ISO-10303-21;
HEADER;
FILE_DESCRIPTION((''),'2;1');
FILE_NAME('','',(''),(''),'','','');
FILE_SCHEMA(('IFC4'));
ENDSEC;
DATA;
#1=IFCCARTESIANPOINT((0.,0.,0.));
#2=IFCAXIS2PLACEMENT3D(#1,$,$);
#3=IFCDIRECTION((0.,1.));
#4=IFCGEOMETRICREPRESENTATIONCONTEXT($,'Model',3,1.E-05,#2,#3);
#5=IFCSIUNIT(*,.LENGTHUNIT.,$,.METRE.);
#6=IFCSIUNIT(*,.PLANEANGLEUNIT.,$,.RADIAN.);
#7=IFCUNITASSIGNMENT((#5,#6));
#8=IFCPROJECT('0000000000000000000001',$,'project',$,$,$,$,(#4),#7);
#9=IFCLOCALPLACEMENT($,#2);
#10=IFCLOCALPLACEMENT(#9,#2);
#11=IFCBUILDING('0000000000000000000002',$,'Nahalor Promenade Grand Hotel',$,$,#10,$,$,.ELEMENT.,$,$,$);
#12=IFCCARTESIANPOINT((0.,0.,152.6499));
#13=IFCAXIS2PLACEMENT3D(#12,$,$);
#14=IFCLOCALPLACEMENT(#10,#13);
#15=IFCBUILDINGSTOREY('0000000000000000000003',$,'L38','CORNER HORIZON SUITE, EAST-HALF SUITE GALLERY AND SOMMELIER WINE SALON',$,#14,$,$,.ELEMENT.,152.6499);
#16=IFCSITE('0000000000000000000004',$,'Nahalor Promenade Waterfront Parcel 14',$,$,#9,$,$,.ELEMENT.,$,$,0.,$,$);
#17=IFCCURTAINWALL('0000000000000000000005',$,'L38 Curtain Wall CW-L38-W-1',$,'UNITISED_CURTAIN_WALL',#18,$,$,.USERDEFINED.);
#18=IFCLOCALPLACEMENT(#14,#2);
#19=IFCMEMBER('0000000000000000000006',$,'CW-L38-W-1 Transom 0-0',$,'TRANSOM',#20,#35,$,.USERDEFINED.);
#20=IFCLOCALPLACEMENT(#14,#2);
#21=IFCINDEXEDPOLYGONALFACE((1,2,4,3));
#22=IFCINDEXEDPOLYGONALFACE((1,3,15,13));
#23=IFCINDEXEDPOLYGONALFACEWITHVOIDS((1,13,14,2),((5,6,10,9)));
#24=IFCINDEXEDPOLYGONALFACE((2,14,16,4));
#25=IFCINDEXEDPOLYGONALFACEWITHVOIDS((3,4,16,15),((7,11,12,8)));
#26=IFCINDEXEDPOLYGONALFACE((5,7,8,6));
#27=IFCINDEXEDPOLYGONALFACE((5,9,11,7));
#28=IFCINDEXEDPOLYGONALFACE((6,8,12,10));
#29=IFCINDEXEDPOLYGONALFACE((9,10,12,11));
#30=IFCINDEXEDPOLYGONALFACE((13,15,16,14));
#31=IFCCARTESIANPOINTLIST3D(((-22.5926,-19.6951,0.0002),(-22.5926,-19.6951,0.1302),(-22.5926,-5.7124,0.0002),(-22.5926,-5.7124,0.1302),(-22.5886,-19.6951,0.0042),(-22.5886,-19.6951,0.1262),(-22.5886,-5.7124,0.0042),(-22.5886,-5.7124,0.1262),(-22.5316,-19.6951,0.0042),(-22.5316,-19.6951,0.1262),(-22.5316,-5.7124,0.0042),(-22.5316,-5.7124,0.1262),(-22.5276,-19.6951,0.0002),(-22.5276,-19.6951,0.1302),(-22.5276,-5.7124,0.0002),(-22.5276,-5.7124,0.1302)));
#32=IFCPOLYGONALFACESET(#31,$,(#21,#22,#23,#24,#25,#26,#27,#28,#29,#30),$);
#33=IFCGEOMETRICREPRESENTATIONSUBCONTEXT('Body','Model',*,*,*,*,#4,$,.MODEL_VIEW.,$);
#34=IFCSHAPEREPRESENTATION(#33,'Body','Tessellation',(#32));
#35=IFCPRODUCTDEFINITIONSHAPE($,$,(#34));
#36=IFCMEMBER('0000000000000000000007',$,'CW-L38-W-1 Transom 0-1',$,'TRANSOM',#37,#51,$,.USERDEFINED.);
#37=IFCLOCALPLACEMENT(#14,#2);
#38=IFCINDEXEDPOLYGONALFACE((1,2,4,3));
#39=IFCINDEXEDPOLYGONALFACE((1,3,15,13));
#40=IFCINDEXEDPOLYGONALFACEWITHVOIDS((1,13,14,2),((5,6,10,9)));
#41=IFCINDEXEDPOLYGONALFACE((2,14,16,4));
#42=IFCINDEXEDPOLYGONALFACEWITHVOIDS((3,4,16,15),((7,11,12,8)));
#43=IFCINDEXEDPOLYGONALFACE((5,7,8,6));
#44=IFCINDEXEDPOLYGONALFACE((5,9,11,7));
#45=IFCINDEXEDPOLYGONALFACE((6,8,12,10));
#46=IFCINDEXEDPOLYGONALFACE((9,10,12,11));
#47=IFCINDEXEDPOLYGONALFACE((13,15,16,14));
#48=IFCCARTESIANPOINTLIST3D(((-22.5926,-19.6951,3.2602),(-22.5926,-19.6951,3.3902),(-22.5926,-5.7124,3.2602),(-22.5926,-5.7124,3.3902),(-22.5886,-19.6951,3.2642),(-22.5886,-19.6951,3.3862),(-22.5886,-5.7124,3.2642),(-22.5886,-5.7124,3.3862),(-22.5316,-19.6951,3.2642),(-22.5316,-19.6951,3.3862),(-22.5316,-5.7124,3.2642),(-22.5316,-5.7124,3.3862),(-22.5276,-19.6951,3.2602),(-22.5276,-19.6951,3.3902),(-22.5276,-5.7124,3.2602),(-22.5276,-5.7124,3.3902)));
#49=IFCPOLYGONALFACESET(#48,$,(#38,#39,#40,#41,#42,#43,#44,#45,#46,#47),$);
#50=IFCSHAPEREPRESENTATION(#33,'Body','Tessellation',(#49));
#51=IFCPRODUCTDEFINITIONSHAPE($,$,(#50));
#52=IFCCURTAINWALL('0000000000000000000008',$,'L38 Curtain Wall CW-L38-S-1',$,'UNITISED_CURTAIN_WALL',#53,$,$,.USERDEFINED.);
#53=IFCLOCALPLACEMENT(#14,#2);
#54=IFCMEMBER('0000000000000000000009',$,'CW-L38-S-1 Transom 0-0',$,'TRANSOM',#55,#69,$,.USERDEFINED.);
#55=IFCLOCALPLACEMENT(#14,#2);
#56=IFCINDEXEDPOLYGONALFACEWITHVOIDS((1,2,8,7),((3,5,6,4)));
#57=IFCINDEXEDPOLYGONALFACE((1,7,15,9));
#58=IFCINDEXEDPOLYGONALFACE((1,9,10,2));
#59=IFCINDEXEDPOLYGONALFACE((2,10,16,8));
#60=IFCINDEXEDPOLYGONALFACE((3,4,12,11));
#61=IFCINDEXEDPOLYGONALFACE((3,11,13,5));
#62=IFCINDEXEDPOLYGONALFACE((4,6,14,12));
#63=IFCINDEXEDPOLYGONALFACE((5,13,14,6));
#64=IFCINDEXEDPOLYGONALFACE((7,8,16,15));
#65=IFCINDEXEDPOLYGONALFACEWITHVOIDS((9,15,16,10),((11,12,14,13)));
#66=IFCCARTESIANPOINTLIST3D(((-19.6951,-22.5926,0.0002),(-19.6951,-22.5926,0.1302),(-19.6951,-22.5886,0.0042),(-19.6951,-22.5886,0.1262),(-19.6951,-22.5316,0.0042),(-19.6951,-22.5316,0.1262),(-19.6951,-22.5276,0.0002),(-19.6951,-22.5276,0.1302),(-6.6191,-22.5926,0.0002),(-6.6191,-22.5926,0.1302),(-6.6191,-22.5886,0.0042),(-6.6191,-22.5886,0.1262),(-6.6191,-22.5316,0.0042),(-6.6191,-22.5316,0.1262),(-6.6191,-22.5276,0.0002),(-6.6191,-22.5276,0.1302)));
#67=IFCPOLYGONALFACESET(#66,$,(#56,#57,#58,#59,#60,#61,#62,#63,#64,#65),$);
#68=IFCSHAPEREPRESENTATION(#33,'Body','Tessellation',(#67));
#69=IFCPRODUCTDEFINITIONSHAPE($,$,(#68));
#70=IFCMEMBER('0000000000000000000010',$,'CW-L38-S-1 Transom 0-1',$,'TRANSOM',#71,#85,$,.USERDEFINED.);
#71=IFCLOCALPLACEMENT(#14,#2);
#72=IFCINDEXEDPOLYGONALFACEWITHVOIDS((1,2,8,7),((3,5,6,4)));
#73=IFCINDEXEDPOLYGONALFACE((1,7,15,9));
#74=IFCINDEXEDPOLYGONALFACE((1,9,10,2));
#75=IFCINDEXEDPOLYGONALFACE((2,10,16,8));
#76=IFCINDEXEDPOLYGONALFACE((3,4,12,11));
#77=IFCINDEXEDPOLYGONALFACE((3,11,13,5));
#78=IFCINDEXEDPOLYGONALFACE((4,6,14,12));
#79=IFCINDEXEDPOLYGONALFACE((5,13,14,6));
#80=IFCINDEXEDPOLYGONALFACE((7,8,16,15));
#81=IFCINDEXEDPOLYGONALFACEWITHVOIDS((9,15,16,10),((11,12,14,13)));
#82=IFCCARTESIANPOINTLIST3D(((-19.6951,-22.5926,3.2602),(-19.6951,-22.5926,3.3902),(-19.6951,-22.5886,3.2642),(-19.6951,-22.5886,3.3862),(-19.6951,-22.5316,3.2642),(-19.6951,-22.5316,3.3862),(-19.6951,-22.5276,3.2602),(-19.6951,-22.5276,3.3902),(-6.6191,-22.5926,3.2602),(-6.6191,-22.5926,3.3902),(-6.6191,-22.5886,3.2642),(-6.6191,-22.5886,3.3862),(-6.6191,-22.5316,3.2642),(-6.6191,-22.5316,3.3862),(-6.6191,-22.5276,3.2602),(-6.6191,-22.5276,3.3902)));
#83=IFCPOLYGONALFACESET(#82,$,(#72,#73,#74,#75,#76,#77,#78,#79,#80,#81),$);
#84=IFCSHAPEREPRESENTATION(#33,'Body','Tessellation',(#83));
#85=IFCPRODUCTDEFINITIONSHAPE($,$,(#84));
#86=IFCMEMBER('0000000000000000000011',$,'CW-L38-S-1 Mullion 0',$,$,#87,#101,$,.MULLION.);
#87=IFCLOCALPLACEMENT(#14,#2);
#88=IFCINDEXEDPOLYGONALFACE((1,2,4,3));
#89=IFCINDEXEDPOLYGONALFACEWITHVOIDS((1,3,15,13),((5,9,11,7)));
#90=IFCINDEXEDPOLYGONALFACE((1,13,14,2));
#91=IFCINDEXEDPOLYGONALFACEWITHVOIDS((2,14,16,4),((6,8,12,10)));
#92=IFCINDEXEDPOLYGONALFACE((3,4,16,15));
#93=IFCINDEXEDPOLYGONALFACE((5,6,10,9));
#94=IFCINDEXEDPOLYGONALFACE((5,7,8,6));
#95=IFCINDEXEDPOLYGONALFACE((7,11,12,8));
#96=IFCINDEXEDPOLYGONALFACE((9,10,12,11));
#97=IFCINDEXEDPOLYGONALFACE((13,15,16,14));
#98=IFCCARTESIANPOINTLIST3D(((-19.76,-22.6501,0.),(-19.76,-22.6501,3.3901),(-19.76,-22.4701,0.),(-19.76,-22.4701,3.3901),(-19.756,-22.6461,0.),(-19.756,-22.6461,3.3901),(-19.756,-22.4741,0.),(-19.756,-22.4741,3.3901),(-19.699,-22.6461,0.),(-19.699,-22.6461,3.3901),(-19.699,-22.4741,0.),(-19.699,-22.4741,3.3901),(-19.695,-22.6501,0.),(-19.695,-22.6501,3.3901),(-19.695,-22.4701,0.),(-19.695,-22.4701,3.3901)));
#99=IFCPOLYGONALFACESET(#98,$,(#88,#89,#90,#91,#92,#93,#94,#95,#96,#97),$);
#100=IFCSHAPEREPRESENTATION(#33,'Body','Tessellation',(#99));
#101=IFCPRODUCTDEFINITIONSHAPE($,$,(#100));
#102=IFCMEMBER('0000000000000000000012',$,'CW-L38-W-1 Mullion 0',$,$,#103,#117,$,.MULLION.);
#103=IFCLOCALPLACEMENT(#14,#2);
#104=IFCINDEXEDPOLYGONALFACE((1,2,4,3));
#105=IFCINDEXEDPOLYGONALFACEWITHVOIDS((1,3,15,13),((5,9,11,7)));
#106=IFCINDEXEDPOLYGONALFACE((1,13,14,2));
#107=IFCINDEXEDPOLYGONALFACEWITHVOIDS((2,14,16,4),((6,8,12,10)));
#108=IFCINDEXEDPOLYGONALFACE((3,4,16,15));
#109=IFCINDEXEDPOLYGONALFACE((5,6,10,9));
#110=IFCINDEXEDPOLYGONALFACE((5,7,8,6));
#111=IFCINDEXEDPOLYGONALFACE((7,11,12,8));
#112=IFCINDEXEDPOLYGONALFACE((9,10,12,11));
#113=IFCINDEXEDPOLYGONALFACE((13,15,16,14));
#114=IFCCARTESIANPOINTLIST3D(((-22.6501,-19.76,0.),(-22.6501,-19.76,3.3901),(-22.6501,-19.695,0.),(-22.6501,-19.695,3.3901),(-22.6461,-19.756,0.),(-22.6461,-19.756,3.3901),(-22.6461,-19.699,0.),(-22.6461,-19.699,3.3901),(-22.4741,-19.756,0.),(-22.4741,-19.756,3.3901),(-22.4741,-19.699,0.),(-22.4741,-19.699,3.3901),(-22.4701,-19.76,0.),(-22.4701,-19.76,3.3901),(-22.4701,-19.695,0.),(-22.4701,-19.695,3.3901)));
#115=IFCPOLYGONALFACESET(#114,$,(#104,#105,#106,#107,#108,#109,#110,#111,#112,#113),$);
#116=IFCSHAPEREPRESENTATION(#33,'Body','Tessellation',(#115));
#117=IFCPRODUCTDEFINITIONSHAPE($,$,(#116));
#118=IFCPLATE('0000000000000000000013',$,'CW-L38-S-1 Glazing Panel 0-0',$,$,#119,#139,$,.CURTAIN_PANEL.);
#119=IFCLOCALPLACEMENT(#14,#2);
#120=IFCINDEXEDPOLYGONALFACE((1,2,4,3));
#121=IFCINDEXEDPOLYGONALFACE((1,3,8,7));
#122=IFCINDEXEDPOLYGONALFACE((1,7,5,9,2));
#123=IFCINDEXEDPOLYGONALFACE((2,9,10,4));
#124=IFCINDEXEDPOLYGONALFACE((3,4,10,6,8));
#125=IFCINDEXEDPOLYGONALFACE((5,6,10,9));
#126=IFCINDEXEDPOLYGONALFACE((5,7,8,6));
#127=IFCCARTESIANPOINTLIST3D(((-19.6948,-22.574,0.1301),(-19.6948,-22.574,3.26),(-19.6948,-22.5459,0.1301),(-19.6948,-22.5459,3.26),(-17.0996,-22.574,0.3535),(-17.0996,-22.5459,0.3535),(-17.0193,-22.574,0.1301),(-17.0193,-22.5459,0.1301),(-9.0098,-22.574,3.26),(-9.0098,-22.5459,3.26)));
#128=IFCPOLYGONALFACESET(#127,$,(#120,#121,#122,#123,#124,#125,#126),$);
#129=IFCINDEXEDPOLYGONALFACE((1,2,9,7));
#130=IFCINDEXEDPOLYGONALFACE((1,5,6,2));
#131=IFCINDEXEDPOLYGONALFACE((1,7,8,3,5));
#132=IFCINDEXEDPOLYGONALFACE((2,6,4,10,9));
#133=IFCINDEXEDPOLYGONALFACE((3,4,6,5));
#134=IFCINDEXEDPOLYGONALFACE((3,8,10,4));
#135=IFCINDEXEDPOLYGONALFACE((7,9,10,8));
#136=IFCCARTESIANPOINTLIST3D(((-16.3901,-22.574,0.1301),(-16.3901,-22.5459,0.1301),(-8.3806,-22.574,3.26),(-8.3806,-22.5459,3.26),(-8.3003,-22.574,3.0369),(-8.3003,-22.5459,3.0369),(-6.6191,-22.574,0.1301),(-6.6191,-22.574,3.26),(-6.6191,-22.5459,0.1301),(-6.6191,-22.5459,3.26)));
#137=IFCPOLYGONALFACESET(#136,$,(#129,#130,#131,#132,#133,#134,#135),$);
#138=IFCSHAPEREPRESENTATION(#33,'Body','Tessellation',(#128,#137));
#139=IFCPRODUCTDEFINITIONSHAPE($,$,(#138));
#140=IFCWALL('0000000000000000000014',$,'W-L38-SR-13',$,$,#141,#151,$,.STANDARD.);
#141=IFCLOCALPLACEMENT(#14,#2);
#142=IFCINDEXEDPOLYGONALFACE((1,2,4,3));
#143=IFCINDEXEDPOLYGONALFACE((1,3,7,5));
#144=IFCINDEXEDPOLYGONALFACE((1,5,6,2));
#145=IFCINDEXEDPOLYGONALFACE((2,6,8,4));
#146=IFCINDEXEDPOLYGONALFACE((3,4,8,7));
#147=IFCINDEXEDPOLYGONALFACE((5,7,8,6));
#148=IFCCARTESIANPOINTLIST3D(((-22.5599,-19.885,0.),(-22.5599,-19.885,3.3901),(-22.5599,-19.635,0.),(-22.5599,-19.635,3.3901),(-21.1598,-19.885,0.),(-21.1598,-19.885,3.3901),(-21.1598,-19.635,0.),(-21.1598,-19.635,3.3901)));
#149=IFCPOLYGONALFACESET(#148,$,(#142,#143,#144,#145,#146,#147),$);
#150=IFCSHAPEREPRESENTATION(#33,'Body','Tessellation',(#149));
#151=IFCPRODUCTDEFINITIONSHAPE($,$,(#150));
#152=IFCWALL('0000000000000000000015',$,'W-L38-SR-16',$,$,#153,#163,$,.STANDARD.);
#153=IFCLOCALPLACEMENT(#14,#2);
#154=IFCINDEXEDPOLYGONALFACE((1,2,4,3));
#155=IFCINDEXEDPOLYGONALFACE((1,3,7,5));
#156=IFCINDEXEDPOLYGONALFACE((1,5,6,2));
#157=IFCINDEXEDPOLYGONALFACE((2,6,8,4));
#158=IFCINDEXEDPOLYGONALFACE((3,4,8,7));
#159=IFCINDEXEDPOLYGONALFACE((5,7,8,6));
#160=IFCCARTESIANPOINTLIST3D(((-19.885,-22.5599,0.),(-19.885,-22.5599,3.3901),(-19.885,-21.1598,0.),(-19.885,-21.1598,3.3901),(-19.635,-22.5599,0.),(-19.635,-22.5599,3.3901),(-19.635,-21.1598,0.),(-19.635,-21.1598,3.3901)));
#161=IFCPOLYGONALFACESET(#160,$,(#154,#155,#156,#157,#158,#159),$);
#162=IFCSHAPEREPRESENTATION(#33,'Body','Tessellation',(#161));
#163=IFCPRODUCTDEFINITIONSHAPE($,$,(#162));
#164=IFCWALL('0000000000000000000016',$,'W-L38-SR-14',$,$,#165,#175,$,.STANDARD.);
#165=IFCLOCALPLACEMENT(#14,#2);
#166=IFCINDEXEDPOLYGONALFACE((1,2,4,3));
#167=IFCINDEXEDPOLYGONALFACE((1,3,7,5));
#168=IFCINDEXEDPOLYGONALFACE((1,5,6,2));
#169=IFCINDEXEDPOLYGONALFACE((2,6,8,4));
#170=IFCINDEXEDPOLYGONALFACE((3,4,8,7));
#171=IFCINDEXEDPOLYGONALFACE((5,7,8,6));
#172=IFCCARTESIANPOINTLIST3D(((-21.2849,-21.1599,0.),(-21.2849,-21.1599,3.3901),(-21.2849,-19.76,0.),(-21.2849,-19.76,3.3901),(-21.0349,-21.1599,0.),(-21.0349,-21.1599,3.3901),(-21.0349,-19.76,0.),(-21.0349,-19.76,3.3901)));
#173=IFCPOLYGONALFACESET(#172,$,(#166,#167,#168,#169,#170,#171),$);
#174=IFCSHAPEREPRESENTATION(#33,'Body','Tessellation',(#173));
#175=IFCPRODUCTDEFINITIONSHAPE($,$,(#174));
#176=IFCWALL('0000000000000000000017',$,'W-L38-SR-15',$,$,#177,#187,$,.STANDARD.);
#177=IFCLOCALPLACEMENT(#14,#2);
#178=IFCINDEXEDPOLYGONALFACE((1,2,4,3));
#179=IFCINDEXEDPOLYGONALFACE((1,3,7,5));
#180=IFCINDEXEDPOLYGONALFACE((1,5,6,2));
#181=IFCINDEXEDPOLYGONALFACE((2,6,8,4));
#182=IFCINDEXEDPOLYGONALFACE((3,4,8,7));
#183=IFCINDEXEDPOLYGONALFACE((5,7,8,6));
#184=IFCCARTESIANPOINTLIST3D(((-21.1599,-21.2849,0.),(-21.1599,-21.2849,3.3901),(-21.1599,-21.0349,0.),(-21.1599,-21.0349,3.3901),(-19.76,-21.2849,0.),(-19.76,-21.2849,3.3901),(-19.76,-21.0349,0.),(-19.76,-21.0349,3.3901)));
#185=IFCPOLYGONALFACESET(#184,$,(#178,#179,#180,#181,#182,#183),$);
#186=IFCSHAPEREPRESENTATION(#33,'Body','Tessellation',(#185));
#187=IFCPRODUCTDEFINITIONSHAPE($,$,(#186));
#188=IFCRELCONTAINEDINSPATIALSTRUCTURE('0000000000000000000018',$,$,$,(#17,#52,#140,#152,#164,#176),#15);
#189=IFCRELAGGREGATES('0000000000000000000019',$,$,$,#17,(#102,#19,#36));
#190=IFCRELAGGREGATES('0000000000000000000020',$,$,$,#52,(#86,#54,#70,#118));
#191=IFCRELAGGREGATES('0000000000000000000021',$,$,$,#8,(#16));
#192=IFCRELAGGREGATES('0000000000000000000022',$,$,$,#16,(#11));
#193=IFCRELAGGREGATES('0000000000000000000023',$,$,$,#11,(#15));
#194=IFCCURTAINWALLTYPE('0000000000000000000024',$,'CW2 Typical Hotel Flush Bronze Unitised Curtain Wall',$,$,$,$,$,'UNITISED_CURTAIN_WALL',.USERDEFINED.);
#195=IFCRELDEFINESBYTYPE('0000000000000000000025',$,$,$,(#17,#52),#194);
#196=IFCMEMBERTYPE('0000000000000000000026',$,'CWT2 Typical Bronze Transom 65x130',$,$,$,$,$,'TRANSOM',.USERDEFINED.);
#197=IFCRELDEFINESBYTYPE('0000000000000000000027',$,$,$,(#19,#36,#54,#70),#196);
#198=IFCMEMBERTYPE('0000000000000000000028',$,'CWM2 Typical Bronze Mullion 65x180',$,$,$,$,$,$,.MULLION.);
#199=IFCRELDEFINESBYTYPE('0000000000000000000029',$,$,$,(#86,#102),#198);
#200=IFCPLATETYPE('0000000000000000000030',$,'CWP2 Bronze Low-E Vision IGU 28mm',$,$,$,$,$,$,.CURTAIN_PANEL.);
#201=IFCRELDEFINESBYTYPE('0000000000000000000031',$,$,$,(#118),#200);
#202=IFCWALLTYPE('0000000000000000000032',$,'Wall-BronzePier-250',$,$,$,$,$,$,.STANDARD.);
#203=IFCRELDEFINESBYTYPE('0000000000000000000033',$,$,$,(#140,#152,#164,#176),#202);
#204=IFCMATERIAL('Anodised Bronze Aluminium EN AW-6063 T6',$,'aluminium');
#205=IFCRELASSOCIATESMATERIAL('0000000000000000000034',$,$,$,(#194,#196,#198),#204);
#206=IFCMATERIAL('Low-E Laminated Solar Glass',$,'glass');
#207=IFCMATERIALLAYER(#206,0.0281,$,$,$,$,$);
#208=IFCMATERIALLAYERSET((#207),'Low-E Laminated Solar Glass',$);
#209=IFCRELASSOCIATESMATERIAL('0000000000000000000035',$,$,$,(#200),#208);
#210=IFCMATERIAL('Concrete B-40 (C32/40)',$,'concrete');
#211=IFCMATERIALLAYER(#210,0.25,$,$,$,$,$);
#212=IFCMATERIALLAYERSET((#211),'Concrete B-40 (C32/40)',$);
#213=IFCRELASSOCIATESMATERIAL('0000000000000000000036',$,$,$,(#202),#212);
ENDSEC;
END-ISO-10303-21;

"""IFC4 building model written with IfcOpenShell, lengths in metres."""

from ifc_helpers import new_model, si_unit, direction, frame, frame_2d, origin, origin_2d, place, context, subcontext, project, spatial, polyline, rectangle, hollow_rectangle, outline, extrude, source, transform, mapped, material, layer, layer_set, material_profile, profile_set, type_object, element, aggregate, save


model = new_model("IFC4")

# Units and contexts
model_context = context("Model", 3, precision=1e-05, world=origin(), true_north=direction((0.0, 1.0)))
body_context = subcontext(model_context, "Body", "Model", "MODEL_VIEW")
ifc_project = project(units=[si_unit("LENGTHUNIT", "METRE"), si_unit("PLANEANGLEUNIT", "RADIAN")], contexts=[model_context])

# Site, building, storey
site_placement = place(None, origin())
site = spatial("IfcSite", under=ifc_project, at=site_placement, Name="Nahalor Promenade Waterfront Parcel 14", CompositionType="ELEMENT", RefElevation=0.0)
building_placement = place(site_placement, origin())
building = spatial("IfcBuilding", under=site, at=building_placement, Name="Nahalor Promenade Grand Hotel", CompositionType="ELEMENT")
storey_placement = place(building_placement, frame((0.0, 0.0, 152.6499)))
storey = spatial("IfcBuildingStorey", under=building, at=storey_placement, Name="L38", Description="CORNER HORIZON SUITE, EAST-HALF SUITE GALLERY AND SOMMELIER WINE SALON", CompositionType="ELEMENT", Elevation=152.6499)

# Curtain walls, members
ifc_material_1 = material(Name="Anodised Bronze Aluminium EN AW-6063 T6", Category="aluminium")
curtain_wall_type = type_object("IfcCurtainWallType", Name="CW2 Typical Hotel Flush Bronze Unitised Curtain Wall", ElementType="UNITISED_CURTAIN_WALL", PredefinedType="USERDEFINED", material=ifc_material_1)
curtain_wall_1_placement = place(storey_placement, origin())
curtain_wall_1 = element("IfcCurtainWall", 1, at=curtain_wall_1_placement, inside=storey, type_object=curtain_wall_type, Name="L38 Curtain Wall CW-L38-W-1", ObjectType="UNITISED_CURTAIN_WALL", PredefinedType="USERDEFINED")
ifc_material_profile_1 = material_profile(ifc_material_1, hollow_rectangle(XDim=0.065, YDim=0.13, WallThickness=0.004, at=origin_2d()), Name="CWT 65x130x4")
ifc_profile_set_1 = profile_set([ifc_material_profile_1], Name="Anodised Bronze Aluminium EN AW-6063 T6")
member_type_1 = type_object("IfcMemberType", Name="CWT2 Typical Bronze Transom 65x130", ElementType="TRANSOM", PredefinedType="USERDEFINED", material=ifc_profile_set_1)
shared_shape_1 = source(origin(), body_context, "Body", "SweptSolid", [
    extrude(hollow_rectangle(XDim=0.065, YDim=0.13, WallThickness=0.004, at=origin_2d()), origin(), (0.0, 0.0, 1.0), 13.9827),
])
member_1_placement = place(storey_placement, frame((-22.5601, -19.6951, 0.0652), z_axis=(0.0, 1.0, 0.0), x_axis=(-1.0, 0.0, 0.0)))
member_1 = element("IfcMember", 2, at=member_1_placement, type_object=member_type_1, Name="CW-L38-W-1 Transom 0-0", ObjectType="TRANSOM", PredefinedType="USERDEFINED", context=body_context, shape_type="MappedRepresentation", body=[
    mapped(shared_shape_1, transform((0.0, 0.0, 0.0), scale=1.0)),
])
member_2_placement = place(storey_placement, frame((-22.5601, -19.6951, 3.3252), z_axis=(0.0, 1.0, 0.0), x_axis=(-1.0, 0.0, 0.0)))
member_2 = element("IfcMember", 3, at=member_2_placement, type_object=member_type_1, Name="CW-L38-W-1 Transom 0-1", ObjectType="TRANSOM", PredefinedType="USERDEFINED", context=body_context, shape_type="MappedRepresentation", body=[
    mapped(shared_shape_1, transform((0.0, 0.0, 0.0), scale=1.0)),
])
curtain_wall_2_placement = place(storey_placement, origin())
curtain_wall_2 = element("IfcCurtainWall", 4, at=curtain_wall_2_placement, inside=storey, type_object=curtain_wall_type, Name="L38 Curtain Wall CW-L38-S-1", ObjectType="UNITISED_CURTAIN_WALL", PredefinedType="USERDEFINED")
shared_shape_2 = source(origin(), body_context, "Body", "SweptSolid", [
    extrude(hollow_rectangle(XDim=0.065, YDim=0.13, WallThickness=0.004, at=origin_2d()), origin(), (0.0, 0.0, 1.0), 13.0759),
])
member_3_placement = place(storey_placement, frame((-19.6951, -22.5601, 0.0652), z_axis=(1.0, 0.0, 0.0), x_axis=(0.0, 1.0, 0.0)))
member_3 = element("IfcMember", 5, at=member_3_placement, type_object=member_type_1, Name="CW-L38-S-1 Transom 0-0", ObjectType="TRANSOM", PredefinedType="USERDEFINED", context=body_context, shape_type="MappedRepresentation", body=[
    mapped(shared_shape_2, transform((0.0, 0.0, 0.0), scale=1.0)),
])
member_4_placement = place(storey_placement, frame((-19.6951, -22.5601, 3.3252), z_axis=(1.0, 0.0, 0.0), x_axis=(0.0, 1.0, 0.0)))
member_4 = element("IfcMember", 6, at=member_4_placement, type_object=member_type_1, Name="CW-L38-S-1 Transom 0-1", ObjectType="TRANSOM", PredefinedType="USERDEFINED", context=body_context, shape_type="MappedRepresentation", body=[
    mapped(shared_shape_2, transform((0.0, 0.0, 0.0), scale=1.0)),
])
ifc_material_profile_2 = material_profile(ifc_material_1, hollow_rectangle(XDim=0.065, YDim=0.18, WallThickness=0.004, at=origin_2d()), Name="CWM 65x180x4")
ifc_profile_set_2 = profile_set([ifc_material_profile_2], Name="Anodised Bronze Aluminium EN AW-6063 T6")
member_type_2 = type_object("IfcMemberType", Name="CWM2 Typical Bronze Mullion 65x180", PredefinedType="MULLION", material=ifc_profile_set_2)
shared_shape_3 = source(origin(), body_context, "Body", "SweptSolid", [
    extrude(hollow_rectangle(XDim=0.065, YDim=0.18, WallThickness=0.004, at=origin_2d()), origin(), (0.0, 0.0, 1.0), 3.3901),
])
member_5_placement = place(storey_placement, frame((-19.7275, -22.5601, 0.0), z_axis=(0.0, 0.0, 1.0), x_axis=(1.0, 0.0, 0.0)))
member_5 = element("IfcMember", 7, at=member_5_placement, type_object=member_type_2, Name="CW-L38-S-1 Mullion 0", PredefinedType="MULLION", context=body_context, shape_type="MappedRepresentation", body=[
    mapped(shared_shape_3, transform((0.0, 0.0, 0.0), scale=1.0)),
])

# Member
member_6_placement = place(storey_placement, frame((-22.5601, -19.7275, 0.0), z_axis=(0.0, 0.0, 1.0), x_axis=(0.0, 1.0, 0.0)))
member_6 = element("IfcMember", 8, at=member_6_placement, type_object=member_type_2, Name="CW-L38-W-1 Mullion 0", PredefinedType="MULLION", context=body_context, shape_type="MappedRepresentation", body=[
    mapped(shared_shape_3, transform((0.0, 0.0, 0.0), scale=1.0)),
])
aggregate(curtain_wall_1, [member_6, member_1, member_2])

# Plate
ifc_material_2 = material(Name="Low-E Laminated Solar Glass", Category="glass")
ifc_layer_1 = layer(ifc_material_2, 0.0281)
ifc_layer_set_1 = layer_set([ifc_layer_1], Name="Low-E Laminated Solar Glass")
plate_type = type_object("IfcPlateType", Name="CWP2 Bronze Low-E Vision IGU 28mm", PredefinedType="CURTAIN_PANEL", material=ifc_layer_set_1)
plate_placement = place(storey_placement, frame((-13.157, -22.5601, 0.1301), z_axis=(0.0, 0.0, 1.0), x_axis=(1.0, 0.0, 0.0)))
plate = element("IfcPlate", 9, at=plate_placement, type_object=plate_type, Name="CW-L38-S-1 Glazing Panel 0-0", PredefinedType="CURTAIN_PANEL", context=body_context, shape_type="SweptSolid", body=[
    extrude(outline(polyline([(-6.5378, 3.1299), (-6.5378, 0.0), (-3.8623, 0.0), (-3.9426, 0.2234), (4.1472, 3.1299), (-6.5378, 3.1299)])), frame((0.0, 0.0142, 0.0), z_axis=(0.0, -1.0, 0.0), x_axis=(1.0, 0.0, 0.0)), (0.0, 0.0, 1.0), 0.0281),
    extrude(outline(polyline([(6.5378, 0.0), (6.5378, 3.1299), (4.7764, 3.1299), (4.8567, 2.9067), (-3.2332, 0.0), (6.5378, 0.0)])), frame((0.0, 0.0142, 0.0), z_axis=(0.0, -1.0, 0.0), x_axis=(1.0, 0.0, 0.0)), (0.0, 0.0, 1.0), 0.0281),
])
aggregate(curtain_wall_2, [member_5, member_3, member_4, plate])

# Walls
ifc_material_3 = material(Name="Concrete B-40 (C32/40)", Category="concrete")
ifc_layer_2 = layer(ifc_material_3, 0.25)
ifc_layer_set_2 = layer_set([ifc_layer_2], Name="Concrete B-40 (C32/40)")
wall_type_1 = type_object("IfcWallType", Name="Wall-BronzePier-250", PredefinedType="STANDARD", material=ifc_layer_set_2)
shared_shape_4 = source(origin(), body_context, "Body", "SweptSolid", [
    extrude(rectangle(XDim=1.4001, YDim=0.25, at=frame_2d((0.7002, 0.0))), origin(), (0.0, 0.0, 1.0), 3.3901),
])
for number, where, z_axis, x_axis, name in (
    (10, (-22.5601, -19.76, 0.0), (0.0, 0.0, 1.0), (1.0, 0.0, 0.0), "W-L38-SR-13"),
    (11, (-19.76, -22.5601, 0.0), (0.0, 0.0, 1.0), (0.0, 1.0, 0.0), "W-L38-SR-16"),
):
    element("IfcWall", number, at=place(storey_placement, frame(where, z_axis=z_axis, x_axis=x_axis)), inside=storey, type_object=wall_type_1, Name=name, PredefinedType="STANDARD", context=body_context, shape_type="MappedRepresentation", body=[
        mapped(shared_shape_4, transform((0.0, 0.0, 0.0), scale=1.0)),
    ])
shared_shape_5 = source(origin(), body_context, "Body", "SweptSolid", [
    extrude(rectangle(XDim=1.3999, YDim=0.25, at=frame_2d((0.7, 0.0))), origin(), (0.0, 0.0, 1.0), 3.3901),
])
for number, where, z_axis, x_axis, name in (
    (12, (-21.1599, -21.1599, 0.0), (0.0, 0.0, 1.0), (0.0, 1.0, 0.0), "W-L38-SR-14"),
    (13, (-21.1599, -21.1599, 0.0), (0.0, 0.0, 1.0), (1.0, 0.0, 0.0), "W-L38-SR-15"),
):
    element("IfcWall", number, at=place(storey_placement, frame(where, z_axis=z_axis, x_axis=x_axis)), inside=storey, type_object=wall_type_1, Name=name, PredefinedType="STANDARD", context=body_context, shape_type="MappedRepresentation", body=[
        mapped(shared_shape_5, transform((0.0, 0.0, 0.0), scale=1.0)),
    ])

save(model, "model.ifc")
